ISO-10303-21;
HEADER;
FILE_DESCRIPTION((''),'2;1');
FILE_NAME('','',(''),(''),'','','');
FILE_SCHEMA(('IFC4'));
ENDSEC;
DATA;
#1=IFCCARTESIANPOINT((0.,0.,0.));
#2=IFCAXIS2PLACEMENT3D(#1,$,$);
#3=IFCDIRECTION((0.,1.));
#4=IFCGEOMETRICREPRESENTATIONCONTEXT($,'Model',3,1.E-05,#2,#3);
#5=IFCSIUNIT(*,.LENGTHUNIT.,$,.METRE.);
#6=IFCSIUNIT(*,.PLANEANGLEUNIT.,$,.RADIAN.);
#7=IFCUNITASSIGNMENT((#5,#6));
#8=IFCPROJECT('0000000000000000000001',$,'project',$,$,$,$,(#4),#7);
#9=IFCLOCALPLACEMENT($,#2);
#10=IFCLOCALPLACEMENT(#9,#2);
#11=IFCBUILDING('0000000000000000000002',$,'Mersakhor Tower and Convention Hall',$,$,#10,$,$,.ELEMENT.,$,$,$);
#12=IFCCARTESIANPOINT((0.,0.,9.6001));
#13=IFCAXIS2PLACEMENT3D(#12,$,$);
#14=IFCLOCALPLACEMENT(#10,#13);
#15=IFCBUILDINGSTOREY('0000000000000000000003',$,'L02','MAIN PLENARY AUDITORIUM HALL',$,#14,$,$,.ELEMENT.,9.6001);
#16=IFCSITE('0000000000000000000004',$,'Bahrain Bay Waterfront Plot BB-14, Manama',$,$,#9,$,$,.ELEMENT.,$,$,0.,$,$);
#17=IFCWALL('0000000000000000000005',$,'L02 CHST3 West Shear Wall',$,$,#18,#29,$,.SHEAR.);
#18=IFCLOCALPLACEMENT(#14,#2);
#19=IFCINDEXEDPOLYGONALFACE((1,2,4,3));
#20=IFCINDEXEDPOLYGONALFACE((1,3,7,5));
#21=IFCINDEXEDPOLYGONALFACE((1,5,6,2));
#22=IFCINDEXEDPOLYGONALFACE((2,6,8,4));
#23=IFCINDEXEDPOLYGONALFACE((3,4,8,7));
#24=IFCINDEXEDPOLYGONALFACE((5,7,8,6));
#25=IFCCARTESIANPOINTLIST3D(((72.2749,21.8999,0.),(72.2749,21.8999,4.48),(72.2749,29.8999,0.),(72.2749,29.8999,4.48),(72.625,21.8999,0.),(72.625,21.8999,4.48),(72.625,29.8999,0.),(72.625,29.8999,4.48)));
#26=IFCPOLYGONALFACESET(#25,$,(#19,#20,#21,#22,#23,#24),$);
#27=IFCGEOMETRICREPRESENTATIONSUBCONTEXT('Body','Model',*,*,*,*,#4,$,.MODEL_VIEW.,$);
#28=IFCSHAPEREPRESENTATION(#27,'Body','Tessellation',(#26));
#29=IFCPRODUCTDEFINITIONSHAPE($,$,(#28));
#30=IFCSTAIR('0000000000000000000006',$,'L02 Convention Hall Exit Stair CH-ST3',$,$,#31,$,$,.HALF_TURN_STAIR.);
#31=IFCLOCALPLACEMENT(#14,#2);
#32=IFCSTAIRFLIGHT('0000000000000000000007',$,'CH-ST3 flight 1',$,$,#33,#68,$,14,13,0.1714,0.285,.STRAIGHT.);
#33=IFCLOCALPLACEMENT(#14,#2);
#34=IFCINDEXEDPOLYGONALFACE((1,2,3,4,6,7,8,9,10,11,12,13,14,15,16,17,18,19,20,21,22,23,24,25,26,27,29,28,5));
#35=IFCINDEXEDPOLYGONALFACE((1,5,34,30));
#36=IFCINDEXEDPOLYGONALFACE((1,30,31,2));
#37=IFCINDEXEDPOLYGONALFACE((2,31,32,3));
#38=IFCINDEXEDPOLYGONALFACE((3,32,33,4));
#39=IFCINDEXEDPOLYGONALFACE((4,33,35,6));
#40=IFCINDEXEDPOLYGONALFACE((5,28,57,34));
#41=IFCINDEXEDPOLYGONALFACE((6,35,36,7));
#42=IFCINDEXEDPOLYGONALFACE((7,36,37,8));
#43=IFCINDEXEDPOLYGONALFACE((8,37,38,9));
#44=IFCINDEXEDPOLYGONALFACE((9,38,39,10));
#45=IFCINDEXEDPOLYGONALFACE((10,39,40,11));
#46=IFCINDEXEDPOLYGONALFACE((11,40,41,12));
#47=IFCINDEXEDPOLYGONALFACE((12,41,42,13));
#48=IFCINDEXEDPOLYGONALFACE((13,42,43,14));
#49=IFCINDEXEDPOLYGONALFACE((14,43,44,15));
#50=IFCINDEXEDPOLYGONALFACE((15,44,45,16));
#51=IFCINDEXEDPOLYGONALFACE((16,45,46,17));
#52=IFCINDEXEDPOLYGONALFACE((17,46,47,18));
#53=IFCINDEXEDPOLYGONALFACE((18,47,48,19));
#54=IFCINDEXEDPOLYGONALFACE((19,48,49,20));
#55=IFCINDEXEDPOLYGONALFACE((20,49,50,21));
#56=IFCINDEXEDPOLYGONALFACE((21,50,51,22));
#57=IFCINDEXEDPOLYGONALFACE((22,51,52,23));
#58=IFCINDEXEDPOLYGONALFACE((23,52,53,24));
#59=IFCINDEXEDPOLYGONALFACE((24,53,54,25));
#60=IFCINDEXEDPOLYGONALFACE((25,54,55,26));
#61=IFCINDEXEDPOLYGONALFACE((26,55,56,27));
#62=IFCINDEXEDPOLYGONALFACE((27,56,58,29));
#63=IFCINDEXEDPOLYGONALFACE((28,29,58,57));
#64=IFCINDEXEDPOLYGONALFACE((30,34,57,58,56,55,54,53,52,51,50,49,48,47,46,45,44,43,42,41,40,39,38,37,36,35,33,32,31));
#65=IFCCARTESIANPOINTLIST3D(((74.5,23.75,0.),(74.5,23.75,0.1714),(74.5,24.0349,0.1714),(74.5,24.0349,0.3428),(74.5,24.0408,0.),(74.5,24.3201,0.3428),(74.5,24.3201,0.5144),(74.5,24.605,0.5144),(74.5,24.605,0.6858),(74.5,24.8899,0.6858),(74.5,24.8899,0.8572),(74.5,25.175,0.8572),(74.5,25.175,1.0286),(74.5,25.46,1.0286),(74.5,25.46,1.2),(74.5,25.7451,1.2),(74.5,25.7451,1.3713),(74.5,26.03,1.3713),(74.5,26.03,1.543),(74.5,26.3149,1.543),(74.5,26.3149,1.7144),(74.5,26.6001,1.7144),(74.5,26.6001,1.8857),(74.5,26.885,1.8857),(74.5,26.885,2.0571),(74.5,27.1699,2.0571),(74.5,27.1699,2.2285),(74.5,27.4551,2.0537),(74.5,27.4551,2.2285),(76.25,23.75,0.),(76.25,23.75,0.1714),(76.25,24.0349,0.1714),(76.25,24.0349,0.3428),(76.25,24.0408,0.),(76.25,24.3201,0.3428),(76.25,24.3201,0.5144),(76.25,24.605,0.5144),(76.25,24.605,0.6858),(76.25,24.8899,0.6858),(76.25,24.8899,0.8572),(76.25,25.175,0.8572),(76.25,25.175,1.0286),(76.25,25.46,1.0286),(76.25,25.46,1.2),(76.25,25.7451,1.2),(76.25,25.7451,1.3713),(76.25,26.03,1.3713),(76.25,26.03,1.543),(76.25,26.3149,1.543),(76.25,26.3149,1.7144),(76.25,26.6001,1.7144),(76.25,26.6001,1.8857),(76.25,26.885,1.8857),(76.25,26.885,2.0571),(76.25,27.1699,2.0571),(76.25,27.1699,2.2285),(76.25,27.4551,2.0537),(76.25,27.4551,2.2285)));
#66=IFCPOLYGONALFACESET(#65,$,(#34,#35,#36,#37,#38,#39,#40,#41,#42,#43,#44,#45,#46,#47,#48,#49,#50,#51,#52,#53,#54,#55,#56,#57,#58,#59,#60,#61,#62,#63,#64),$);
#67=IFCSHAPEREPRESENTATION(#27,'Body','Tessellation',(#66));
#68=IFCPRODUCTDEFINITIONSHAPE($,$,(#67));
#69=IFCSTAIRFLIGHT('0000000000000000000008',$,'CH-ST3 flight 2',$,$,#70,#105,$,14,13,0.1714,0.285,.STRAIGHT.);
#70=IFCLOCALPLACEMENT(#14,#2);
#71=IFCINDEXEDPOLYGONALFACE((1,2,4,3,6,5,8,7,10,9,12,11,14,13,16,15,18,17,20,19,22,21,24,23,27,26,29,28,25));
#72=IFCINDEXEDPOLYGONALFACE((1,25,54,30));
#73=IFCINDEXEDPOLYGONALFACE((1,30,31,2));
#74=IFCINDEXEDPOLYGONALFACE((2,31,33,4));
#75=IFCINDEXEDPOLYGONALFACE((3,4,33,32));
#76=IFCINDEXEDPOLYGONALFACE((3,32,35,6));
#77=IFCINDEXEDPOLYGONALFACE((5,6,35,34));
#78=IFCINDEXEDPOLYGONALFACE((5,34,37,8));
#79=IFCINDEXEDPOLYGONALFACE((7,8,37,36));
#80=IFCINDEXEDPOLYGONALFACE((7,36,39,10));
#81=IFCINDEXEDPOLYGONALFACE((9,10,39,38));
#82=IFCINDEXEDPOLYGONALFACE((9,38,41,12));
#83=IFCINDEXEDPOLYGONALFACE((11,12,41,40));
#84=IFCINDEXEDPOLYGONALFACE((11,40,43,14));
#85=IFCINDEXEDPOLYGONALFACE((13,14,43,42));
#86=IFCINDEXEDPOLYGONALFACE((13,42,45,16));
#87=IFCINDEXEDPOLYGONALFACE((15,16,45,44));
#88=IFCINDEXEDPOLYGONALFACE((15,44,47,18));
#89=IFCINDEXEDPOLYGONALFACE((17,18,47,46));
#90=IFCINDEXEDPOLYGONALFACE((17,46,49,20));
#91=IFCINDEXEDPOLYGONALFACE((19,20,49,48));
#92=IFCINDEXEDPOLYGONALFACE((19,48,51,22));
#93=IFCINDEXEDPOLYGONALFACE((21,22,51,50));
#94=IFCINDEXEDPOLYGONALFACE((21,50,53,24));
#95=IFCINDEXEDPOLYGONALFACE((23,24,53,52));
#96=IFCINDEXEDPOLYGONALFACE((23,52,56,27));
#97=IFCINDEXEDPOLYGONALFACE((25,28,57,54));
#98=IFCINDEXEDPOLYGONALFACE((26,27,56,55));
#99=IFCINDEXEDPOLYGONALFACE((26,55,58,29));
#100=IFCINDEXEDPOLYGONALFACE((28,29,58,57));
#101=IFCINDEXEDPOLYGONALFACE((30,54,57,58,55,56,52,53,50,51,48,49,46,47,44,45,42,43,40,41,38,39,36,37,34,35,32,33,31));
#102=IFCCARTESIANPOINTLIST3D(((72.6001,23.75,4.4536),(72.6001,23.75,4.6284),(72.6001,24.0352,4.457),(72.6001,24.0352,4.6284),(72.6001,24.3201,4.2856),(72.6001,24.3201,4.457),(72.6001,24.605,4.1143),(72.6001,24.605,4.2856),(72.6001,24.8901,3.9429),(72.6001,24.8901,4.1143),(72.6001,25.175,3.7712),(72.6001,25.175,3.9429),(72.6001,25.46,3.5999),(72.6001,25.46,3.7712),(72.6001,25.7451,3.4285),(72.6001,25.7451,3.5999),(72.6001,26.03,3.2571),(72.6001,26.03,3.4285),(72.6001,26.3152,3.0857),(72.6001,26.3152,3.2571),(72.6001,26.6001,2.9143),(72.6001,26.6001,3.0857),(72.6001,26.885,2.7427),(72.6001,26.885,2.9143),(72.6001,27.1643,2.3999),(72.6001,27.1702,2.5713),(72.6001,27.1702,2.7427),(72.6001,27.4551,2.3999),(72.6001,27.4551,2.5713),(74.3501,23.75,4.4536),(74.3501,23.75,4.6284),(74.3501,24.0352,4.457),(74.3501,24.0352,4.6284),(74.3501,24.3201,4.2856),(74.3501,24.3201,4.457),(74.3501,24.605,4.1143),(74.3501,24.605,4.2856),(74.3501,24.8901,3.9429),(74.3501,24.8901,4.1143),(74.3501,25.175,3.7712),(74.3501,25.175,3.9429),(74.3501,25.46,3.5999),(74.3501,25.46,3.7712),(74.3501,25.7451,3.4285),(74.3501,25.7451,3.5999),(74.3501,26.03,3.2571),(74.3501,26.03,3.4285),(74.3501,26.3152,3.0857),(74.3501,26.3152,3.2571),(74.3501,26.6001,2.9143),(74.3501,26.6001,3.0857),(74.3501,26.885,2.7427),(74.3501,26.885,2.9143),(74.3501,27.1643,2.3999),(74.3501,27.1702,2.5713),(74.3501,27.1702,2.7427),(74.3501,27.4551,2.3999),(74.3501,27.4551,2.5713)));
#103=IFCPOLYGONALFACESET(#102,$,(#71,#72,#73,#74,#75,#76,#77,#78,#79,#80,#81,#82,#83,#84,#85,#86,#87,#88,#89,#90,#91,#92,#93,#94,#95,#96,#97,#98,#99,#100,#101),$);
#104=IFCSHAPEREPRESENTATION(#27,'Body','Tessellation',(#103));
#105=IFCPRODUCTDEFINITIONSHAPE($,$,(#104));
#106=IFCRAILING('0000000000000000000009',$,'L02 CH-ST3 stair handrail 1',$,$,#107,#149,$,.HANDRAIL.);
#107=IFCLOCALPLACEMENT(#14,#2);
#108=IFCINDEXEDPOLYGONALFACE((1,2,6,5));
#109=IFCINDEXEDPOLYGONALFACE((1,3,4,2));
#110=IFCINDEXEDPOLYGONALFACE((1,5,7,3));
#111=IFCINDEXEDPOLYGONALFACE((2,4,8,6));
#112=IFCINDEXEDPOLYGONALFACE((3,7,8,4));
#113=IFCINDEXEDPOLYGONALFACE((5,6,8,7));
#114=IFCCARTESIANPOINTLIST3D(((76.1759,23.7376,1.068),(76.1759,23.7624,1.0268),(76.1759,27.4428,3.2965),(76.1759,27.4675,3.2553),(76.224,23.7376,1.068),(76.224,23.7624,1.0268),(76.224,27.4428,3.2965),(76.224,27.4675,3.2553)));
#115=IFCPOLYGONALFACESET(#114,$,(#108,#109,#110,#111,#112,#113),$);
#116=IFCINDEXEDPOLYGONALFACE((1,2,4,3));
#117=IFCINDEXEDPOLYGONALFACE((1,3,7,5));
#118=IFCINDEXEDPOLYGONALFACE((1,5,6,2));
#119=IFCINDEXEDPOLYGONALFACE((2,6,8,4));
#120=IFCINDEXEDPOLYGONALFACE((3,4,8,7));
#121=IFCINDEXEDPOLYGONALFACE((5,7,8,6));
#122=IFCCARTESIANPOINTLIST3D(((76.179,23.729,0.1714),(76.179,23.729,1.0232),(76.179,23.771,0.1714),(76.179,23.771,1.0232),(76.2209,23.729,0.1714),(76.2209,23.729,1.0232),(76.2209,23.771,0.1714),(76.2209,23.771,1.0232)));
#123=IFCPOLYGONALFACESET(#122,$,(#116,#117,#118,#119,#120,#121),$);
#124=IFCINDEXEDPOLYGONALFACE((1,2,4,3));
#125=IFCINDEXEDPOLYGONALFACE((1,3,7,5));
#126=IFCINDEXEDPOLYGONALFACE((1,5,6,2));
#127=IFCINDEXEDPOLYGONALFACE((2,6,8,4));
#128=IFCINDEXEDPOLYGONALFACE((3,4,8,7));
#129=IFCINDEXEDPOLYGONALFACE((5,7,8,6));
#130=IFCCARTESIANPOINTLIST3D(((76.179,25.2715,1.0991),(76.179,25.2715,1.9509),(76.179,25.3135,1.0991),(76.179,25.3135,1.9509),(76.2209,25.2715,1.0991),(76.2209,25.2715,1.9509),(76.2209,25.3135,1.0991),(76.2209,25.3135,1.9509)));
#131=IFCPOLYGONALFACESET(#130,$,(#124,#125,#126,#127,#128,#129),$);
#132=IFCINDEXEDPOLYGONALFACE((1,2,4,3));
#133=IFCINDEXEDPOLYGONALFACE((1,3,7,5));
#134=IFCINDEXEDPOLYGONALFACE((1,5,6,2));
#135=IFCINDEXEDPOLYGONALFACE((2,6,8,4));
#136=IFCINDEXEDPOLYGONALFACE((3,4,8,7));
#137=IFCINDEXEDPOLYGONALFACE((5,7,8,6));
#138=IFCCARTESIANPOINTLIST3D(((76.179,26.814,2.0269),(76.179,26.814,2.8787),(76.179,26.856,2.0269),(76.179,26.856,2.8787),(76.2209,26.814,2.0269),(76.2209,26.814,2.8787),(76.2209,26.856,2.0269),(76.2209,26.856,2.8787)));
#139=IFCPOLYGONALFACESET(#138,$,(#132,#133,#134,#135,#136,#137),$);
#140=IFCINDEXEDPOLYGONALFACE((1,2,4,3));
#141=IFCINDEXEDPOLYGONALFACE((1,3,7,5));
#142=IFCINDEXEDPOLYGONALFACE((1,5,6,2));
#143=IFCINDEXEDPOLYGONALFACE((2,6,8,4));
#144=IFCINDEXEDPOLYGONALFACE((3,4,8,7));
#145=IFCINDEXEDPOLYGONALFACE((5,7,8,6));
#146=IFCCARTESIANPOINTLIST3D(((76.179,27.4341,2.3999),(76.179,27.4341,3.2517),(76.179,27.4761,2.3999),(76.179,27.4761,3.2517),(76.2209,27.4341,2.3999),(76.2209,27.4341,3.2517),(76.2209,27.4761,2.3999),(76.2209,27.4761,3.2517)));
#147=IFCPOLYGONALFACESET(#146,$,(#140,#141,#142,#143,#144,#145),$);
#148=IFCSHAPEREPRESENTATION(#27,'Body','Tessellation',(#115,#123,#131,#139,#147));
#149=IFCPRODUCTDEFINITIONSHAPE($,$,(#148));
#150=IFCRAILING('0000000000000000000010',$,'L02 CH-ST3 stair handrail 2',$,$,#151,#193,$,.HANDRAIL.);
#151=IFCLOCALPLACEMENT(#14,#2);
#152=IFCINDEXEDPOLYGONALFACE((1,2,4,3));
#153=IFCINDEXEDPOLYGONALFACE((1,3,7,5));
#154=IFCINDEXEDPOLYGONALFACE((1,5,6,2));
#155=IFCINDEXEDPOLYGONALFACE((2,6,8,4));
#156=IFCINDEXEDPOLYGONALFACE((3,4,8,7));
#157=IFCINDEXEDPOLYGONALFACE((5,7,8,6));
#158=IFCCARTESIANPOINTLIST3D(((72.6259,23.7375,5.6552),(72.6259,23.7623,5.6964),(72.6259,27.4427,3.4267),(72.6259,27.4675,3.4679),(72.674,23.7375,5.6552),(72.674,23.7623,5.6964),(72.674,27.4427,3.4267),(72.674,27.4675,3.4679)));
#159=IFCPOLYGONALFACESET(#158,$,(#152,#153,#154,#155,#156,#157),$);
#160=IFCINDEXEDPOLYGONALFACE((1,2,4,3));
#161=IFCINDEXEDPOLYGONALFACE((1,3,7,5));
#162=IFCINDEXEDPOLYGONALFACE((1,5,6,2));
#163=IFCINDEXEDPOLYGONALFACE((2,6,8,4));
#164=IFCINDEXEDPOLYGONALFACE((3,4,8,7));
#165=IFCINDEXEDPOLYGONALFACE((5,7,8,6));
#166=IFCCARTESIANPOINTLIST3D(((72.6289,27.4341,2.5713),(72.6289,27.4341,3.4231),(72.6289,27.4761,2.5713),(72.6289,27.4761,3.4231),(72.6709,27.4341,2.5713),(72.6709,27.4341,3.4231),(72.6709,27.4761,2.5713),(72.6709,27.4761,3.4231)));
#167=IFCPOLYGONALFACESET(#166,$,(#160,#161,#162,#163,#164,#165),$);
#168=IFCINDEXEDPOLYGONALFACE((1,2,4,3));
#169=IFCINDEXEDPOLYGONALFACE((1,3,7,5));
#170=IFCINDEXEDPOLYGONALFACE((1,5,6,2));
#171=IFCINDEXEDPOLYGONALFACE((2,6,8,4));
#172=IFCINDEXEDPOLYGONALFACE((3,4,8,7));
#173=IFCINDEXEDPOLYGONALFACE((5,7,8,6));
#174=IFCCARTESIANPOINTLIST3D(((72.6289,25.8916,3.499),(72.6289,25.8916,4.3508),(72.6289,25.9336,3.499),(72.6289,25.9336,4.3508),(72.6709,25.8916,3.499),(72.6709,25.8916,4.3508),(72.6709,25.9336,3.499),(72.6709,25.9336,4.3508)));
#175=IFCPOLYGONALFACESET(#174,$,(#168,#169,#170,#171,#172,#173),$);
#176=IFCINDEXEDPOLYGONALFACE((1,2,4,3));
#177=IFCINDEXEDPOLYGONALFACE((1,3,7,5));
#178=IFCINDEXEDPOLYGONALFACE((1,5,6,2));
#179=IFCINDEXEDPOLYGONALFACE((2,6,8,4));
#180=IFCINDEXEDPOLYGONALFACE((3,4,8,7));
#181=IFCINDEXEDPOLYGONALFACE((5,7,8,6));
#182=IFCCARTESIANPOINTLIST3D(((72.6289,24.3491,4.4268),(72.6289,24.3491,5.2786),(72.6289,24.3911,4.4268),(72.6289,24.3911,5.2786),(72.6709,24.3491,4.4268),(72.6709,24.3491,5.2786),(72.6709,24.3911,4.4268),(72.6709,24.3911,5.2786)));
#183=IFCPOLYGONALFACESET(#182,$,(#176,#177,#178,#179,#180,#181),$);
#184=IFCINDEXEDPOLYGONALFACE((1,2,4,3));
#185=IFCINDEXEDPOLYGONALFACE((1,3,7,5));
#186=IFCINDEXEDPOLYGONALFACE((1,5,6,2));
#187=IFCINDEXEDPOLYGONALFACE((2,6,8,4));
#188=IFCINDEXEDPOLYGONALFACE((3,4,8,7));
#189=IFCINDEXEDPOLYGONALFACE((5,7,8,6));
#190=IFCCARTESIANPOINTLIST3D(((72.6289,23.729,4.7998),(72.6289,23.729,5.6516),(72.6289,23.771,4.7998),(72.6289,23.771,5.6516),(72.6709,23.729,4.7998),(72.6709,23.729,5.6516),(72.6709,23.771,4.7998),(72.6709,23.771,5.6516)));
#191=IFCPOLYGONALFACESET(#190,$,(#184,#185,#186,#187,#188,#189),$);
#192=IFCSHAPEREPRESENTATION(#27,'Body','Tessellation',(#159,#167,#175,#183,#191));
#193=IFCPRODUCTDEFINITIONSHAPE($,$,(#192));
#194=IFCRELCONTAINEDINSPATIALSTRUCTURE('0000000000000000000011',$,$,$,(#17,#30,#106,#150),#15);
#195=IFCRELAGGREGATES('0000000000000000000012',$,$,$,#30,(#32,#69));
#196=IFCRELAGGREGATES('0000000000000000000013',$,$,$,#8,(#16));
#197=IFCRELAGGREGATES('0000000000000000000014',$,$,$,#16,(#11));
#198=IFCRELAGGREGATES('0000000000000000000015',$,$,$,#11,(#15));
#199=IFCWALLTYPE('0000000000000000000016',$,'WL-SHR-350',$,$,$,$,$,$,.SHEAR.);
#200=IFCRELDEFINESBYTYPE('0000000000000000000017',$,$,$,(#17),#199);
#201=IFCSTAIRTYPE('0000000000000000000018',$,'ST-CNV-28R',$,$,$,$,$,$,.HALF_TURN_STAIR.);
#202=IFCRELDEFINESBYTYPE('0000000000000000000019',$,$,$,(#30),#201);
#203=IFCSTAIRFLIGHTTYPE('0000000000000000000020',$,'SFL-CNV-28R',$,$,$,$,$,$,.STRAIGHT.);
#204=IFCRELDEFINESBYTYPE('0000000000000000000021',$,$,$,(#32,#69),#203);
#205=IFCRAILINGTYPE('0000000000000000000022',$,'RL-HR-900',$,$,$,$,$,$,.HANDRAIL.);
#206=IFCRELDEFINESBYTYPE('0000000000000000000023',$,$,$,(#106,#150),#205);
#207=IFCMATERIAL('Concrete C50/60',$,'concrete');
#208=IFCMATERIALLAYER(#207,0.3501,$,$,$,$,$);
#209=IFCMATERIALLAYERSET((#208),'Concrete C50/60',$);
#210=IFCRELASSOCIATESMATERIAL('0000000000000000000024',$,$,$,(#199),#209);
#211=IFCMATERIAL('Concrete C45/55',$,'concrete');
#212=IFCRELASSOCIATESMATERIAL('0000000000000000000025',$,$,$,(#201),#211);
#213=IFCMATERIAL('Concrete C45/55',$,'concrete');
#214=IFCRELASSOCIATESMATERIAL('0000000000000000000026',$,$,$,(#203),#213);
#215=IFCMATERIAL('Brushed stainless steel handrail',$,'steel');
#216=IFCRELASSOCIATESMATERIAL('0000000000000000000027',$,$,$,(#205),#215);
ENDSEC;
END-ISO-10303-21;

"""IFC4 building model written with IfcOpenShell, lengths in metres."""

from ifc_helpers import new_model, si_unit, direction, frame, frame_2d, origin, origin_2d, place, context, subcontext, project, spatial, polyline, rectangle, outline, extrude, material, layer, layer_set, type_object, element, aggregate, save


model = new_model("IFC4")

# Units and contexts
model_context = context("Model", 3, precision=1e-05, world=origin(), true_north=direction((0.0, 1.0)))
body_context = subcontext(model_context, "Body", "Model", "MODEL_VIEW")
ifc_project = project(units=[si_unit("LENGTHUNIT", "METRE"), si_unit("PLANEANGLEUNIT", "RADIAN")], contexts=[model_context])

# Site, building, storey
site_placement = place(None, origin())
site = spatial("IfcSite", under=ifc_project, at=site_placement, Name="Bahrain Bay Waterfront Plot BB-14, Manama", CompositionType="ELEMENT", RefElevation=0.0)
building_placement = place(site_placement, origin())
building = spatial("IfcBuilding", under=site, at=building_placement, Name="Mersakhor Tower and Convention Hall", CompositionType="ELEMENT")
storey_placement = place(building_placement, frame((0.0, 0.0, 9.6001)))
storey = spatial("IfcBuildingStorey", under=building, at=storey_placement, Name="L02", Description="MAIN PLENARY AUDITORIUM HALL", CompositionType="ELEMENT", Elevation=9.6001)

# Wall
ifc_material_1 = material(Name="Concrete C50/60", Category="concrete")
ifc_layer_1 = layer(ifc_material_1, 0.3501)
ifc_layer_set_1 = layer_set([ifc_layer_1], Name="Concrete C50/60")
wall_type_1 = type_object("IfcWallType", Name="WL-SHR-350", PredefinedType="SHEAR", material=ifc_layer_set_1)
wall_1_placement = place(storey_placement, frame((72.45, 21.8999, 0.0), z_axis=(0.0, 0.0, 1.0), x_axis=(0.0, 1.0, 0.0)))
element("IfcWall", 1, at=wall_1_placement, inside=storey, type_object=wall_type_1, Name="L02 CHST3 West Shear Wall", PredefinedType="SHEAR", context=body_context, shape_type="SweptSolid", body=[
    extrude(rectangle(XDim=8.0, YDim=0.3501, at=frame_2d((4.0, 0.0))), origin(), (0.0, 0.0, 1.0), 4.48),
])

# Stair, stair flights
ifc_material_2 = material(Name="Concrete C45/55", Category="concrete")
stair_type = type_object("IfcStairType", Name="ST-CNV-28R", PredefinedType="HALF_TURN_STAIR", material=ifc_material_2)
stair_placement = place(storey_placement, origin())
stair = element("IfcStair", 2, at=stair_placement, inside=storey, type_object=stair_type, Name="L02 Convention Hall Exit Stair CH-ST3", PredefinedType="HALF_TURN_STAIR")
ifc_material_3 = material(Name="Concrete C45/55", Category="concrete")
stair_flight_type = type_object("IfcStairFlightType", Name="SFL-CNV-28R", PredefinedType="STRAIGHT", material=ifc_material_3)
stair_flight_1_placement = place(storey_placement, frame((75.375, 23.75, 0.0), z_axis=(0.0, 0.0, 1.0), x_axis=(0.0, 1.0, 0.0)))
stair_flight_1 = element("IfcStairFlight", 3, at=stair_flight_1_placement, type_object=stair_flight_type, Name="CH-ST3 flight 1", NumberOfRisers=14, NumberOfTreads=13, PredefinedType="STRAIGHT", RiserHeight=0.1714, TreadLength=0.285, context=body_context, shape_type="SweptSolid", body=[
    extrude(outline(polyline([(0.0, 0.0), (0.0, 0.1714), (0.2849, 0.1714), (0.2849, 0.3428), (0.5701, 0.3428), (0.5701, 0.5144), (0.855, 0.5144), (0.855, 0.6858), (1.1399, 0.6858), (1.1399, 0.8572), (1.425, 0.8572), (1.425, 1.0286), (1.71, 1.0286), (1.71, 1.2), (1.9951, 1.2), (1.9951, 1.3713), (2.28, 1.3713), (2.28, 1.543), (2.5649, 1.543), (2.5649, 1.7144), (2.8501, 1.7144), (2.8501, 1.8857), (3.135, 1.8857), (3.135, 2.0571), (3.4199, 2.0571), (3.4199, 2.2285), (3.7051, 2.2285), (3.7051, 2.3999), (3.7051, 2.0537), (0.2908, 0.0), (0.0, 0.0)])), frame((0.0, 0.875, 0.0), z_axis=(0.0, -1.0, 0.0), x_axis=(1.0, 0.0, 0.0)), (0.0, 0.0, 1.0), 1.75),
])
stair_flight_2_placement = place(storey_placement, frame((73.4751, 27.4551, 2.3999), z_axis=(0.0, 0.0, 1.0), x_axis=(0.0, -1.0, 0.0)))
stair_flight_2 = element("IfcStairFlight", 4, at=stair_flight_2_placement, type_object=stair_flight_type, Name="CH-ST3 flight 2", NumberOfRisers=14, NumberOfTreads=13, PredefinedType="STRAIGHT", RiserHeight=0.1714, TreadLength=0.285, context=body_context, shape_type="SweptSolid", body=[
    extrude(outline(polyline([(0.0, 0.0), (0.0, 0.1714), (0.2849, 0.1714), (0.2849, 0.3428), (0.5701, 0.3428), (0.5701, 0.5144), (0.855, 0.5144), (0.855, 0.6858), (1.1399, 0.6858), (1.1399, 0.8572), (1.425, 0.8572), (1.425, 1.0286), (1.71, 1.0286), (1.71, 1.2), (1.9951, 1.2), (1.9951, 1.3713), (2.28, 1.3713), (2.28, 1.543), (2.5649, 1.543), (2.5649, 1.7144), (2.8501, 1.7144), (2.8501, 1.8857), (3.135, 1.8857), (3.135, 2.0571), (3.4199, 2.0571), (3.4199, 2.2285), (3.7051, 2.2285), (3.7051, 2.3999), (3.7051, 2.0537), (0.2908, 0.0), (0.0, 0.0)])), frame((0.0, 0.875, 0.0), z_axis=(0.0, -1.0, 0.0), x_axis=(1.0, 0.0, 0.0)), (0.0, 0.0, 1.0), 1.75),
])
aggregate(stair, [stair_flight_1, stair_flight_2])

# Railings
ifc_material_4 = material(Name="Brushed stainless steel handrail", Category="steel")
railing_type_1 = type_object("IfcRailingType", Name="RL-HR-900", PredefinedType="HANDRAIL", material=ifc_material_4)
railing_1_placement = place(storey_placement, frame((76.2, 23.75, 0.1714)))
element("IfcRailing", 5, at=railing_1_placement, inside=storey, type_object=railing_type_1, Name="L02 CH-ST3 stair handrail 1", PredefinedType="HANDRAIL", context=body_context, shape_type="SweptSolid", body=[
    extrude(rectangle(XDim=0.0481, YDim=0.0481, at=origin_2d()), frame((0.0, 0.0, 0.876), z_axis=(0.0, 0.856934, 0.515425), x_axis=(-1.0, 0.0, 0.0)), (0.0, 0.0, 1.0), 4.3237),
    extrude(rectangle(XDim=0.042, YDim=0.042, at=origin_2d()), origin(), (0.0, 0.0, 1.0), 0.8518),
    extrude(rectangle(XDim=0.042, YDim=0.042, at=origin_2d()), frame((0.0, 1.5425, 0.9277)), (0.0, 0.0, 1.0), 0.8518),
    extrude(rectangle(XDim=0.042, YDim=0.042, at=origin_2d()), frame((0.0, 3.085, 1.8555)), (0.0, 0.0, 1.0), 0.8518),
    extrude(rectangle(XDim=0.042, YDim=0.042, at=origin_2d()), frame((0.0, 3.7051, 2.2285)), (0.0, 0.0, 1.0), 0.8518),
])
railing_2_placement = place(storey_placement, frame((72.6499, 27.4551, 2.5713)))
element("IfcRailing", 6, at=railing_2_placement, inside=storey, type_object=railing_type_1, Name="L02 CH-ST3 stair handrail 2", PredefinedType="HANDRAIL", context=body_context, shape_type="SweptSolid", body=[
    extrude(rectangle(XDim=0.0481, YDim=0.0481, at=origin_2d()), frame((0.0, 0.0, 0.876), z_axis=(0.0, -0.856934, 0.515425), x_axis=(1.0, 0.0, 0.0)), (0.0, 0.0, 1.0), 4.3237),
    extrude(rectangle(XDim=0.042, YDim=0.042, at=origin_2d()), origin(), (0.0, 0.0, 1.0), 0.8518),
    extrude(rectangle(XDim=0.042, YDim=0.042, at=origin_2d()), frame((0.0, -1.5425, 0.9277)), (0.0, 0.0, 1.0), 0.8518),
    extrude(rectangle(XDim=0.042, YDim=0.042, at=origin_2d()), frame((0.0, -3.085, 1.8555)), (0.0, 0.0, 1.0), 0.8518),
    extrude(rectangle(XDim=0.042, YDim=0.042, at=origin_2d()), frame((0.0, -3.7051, 2.2285)), (0.0, 0.0, 1.0), 0.8518),
])

save(model, "model.ifc")
